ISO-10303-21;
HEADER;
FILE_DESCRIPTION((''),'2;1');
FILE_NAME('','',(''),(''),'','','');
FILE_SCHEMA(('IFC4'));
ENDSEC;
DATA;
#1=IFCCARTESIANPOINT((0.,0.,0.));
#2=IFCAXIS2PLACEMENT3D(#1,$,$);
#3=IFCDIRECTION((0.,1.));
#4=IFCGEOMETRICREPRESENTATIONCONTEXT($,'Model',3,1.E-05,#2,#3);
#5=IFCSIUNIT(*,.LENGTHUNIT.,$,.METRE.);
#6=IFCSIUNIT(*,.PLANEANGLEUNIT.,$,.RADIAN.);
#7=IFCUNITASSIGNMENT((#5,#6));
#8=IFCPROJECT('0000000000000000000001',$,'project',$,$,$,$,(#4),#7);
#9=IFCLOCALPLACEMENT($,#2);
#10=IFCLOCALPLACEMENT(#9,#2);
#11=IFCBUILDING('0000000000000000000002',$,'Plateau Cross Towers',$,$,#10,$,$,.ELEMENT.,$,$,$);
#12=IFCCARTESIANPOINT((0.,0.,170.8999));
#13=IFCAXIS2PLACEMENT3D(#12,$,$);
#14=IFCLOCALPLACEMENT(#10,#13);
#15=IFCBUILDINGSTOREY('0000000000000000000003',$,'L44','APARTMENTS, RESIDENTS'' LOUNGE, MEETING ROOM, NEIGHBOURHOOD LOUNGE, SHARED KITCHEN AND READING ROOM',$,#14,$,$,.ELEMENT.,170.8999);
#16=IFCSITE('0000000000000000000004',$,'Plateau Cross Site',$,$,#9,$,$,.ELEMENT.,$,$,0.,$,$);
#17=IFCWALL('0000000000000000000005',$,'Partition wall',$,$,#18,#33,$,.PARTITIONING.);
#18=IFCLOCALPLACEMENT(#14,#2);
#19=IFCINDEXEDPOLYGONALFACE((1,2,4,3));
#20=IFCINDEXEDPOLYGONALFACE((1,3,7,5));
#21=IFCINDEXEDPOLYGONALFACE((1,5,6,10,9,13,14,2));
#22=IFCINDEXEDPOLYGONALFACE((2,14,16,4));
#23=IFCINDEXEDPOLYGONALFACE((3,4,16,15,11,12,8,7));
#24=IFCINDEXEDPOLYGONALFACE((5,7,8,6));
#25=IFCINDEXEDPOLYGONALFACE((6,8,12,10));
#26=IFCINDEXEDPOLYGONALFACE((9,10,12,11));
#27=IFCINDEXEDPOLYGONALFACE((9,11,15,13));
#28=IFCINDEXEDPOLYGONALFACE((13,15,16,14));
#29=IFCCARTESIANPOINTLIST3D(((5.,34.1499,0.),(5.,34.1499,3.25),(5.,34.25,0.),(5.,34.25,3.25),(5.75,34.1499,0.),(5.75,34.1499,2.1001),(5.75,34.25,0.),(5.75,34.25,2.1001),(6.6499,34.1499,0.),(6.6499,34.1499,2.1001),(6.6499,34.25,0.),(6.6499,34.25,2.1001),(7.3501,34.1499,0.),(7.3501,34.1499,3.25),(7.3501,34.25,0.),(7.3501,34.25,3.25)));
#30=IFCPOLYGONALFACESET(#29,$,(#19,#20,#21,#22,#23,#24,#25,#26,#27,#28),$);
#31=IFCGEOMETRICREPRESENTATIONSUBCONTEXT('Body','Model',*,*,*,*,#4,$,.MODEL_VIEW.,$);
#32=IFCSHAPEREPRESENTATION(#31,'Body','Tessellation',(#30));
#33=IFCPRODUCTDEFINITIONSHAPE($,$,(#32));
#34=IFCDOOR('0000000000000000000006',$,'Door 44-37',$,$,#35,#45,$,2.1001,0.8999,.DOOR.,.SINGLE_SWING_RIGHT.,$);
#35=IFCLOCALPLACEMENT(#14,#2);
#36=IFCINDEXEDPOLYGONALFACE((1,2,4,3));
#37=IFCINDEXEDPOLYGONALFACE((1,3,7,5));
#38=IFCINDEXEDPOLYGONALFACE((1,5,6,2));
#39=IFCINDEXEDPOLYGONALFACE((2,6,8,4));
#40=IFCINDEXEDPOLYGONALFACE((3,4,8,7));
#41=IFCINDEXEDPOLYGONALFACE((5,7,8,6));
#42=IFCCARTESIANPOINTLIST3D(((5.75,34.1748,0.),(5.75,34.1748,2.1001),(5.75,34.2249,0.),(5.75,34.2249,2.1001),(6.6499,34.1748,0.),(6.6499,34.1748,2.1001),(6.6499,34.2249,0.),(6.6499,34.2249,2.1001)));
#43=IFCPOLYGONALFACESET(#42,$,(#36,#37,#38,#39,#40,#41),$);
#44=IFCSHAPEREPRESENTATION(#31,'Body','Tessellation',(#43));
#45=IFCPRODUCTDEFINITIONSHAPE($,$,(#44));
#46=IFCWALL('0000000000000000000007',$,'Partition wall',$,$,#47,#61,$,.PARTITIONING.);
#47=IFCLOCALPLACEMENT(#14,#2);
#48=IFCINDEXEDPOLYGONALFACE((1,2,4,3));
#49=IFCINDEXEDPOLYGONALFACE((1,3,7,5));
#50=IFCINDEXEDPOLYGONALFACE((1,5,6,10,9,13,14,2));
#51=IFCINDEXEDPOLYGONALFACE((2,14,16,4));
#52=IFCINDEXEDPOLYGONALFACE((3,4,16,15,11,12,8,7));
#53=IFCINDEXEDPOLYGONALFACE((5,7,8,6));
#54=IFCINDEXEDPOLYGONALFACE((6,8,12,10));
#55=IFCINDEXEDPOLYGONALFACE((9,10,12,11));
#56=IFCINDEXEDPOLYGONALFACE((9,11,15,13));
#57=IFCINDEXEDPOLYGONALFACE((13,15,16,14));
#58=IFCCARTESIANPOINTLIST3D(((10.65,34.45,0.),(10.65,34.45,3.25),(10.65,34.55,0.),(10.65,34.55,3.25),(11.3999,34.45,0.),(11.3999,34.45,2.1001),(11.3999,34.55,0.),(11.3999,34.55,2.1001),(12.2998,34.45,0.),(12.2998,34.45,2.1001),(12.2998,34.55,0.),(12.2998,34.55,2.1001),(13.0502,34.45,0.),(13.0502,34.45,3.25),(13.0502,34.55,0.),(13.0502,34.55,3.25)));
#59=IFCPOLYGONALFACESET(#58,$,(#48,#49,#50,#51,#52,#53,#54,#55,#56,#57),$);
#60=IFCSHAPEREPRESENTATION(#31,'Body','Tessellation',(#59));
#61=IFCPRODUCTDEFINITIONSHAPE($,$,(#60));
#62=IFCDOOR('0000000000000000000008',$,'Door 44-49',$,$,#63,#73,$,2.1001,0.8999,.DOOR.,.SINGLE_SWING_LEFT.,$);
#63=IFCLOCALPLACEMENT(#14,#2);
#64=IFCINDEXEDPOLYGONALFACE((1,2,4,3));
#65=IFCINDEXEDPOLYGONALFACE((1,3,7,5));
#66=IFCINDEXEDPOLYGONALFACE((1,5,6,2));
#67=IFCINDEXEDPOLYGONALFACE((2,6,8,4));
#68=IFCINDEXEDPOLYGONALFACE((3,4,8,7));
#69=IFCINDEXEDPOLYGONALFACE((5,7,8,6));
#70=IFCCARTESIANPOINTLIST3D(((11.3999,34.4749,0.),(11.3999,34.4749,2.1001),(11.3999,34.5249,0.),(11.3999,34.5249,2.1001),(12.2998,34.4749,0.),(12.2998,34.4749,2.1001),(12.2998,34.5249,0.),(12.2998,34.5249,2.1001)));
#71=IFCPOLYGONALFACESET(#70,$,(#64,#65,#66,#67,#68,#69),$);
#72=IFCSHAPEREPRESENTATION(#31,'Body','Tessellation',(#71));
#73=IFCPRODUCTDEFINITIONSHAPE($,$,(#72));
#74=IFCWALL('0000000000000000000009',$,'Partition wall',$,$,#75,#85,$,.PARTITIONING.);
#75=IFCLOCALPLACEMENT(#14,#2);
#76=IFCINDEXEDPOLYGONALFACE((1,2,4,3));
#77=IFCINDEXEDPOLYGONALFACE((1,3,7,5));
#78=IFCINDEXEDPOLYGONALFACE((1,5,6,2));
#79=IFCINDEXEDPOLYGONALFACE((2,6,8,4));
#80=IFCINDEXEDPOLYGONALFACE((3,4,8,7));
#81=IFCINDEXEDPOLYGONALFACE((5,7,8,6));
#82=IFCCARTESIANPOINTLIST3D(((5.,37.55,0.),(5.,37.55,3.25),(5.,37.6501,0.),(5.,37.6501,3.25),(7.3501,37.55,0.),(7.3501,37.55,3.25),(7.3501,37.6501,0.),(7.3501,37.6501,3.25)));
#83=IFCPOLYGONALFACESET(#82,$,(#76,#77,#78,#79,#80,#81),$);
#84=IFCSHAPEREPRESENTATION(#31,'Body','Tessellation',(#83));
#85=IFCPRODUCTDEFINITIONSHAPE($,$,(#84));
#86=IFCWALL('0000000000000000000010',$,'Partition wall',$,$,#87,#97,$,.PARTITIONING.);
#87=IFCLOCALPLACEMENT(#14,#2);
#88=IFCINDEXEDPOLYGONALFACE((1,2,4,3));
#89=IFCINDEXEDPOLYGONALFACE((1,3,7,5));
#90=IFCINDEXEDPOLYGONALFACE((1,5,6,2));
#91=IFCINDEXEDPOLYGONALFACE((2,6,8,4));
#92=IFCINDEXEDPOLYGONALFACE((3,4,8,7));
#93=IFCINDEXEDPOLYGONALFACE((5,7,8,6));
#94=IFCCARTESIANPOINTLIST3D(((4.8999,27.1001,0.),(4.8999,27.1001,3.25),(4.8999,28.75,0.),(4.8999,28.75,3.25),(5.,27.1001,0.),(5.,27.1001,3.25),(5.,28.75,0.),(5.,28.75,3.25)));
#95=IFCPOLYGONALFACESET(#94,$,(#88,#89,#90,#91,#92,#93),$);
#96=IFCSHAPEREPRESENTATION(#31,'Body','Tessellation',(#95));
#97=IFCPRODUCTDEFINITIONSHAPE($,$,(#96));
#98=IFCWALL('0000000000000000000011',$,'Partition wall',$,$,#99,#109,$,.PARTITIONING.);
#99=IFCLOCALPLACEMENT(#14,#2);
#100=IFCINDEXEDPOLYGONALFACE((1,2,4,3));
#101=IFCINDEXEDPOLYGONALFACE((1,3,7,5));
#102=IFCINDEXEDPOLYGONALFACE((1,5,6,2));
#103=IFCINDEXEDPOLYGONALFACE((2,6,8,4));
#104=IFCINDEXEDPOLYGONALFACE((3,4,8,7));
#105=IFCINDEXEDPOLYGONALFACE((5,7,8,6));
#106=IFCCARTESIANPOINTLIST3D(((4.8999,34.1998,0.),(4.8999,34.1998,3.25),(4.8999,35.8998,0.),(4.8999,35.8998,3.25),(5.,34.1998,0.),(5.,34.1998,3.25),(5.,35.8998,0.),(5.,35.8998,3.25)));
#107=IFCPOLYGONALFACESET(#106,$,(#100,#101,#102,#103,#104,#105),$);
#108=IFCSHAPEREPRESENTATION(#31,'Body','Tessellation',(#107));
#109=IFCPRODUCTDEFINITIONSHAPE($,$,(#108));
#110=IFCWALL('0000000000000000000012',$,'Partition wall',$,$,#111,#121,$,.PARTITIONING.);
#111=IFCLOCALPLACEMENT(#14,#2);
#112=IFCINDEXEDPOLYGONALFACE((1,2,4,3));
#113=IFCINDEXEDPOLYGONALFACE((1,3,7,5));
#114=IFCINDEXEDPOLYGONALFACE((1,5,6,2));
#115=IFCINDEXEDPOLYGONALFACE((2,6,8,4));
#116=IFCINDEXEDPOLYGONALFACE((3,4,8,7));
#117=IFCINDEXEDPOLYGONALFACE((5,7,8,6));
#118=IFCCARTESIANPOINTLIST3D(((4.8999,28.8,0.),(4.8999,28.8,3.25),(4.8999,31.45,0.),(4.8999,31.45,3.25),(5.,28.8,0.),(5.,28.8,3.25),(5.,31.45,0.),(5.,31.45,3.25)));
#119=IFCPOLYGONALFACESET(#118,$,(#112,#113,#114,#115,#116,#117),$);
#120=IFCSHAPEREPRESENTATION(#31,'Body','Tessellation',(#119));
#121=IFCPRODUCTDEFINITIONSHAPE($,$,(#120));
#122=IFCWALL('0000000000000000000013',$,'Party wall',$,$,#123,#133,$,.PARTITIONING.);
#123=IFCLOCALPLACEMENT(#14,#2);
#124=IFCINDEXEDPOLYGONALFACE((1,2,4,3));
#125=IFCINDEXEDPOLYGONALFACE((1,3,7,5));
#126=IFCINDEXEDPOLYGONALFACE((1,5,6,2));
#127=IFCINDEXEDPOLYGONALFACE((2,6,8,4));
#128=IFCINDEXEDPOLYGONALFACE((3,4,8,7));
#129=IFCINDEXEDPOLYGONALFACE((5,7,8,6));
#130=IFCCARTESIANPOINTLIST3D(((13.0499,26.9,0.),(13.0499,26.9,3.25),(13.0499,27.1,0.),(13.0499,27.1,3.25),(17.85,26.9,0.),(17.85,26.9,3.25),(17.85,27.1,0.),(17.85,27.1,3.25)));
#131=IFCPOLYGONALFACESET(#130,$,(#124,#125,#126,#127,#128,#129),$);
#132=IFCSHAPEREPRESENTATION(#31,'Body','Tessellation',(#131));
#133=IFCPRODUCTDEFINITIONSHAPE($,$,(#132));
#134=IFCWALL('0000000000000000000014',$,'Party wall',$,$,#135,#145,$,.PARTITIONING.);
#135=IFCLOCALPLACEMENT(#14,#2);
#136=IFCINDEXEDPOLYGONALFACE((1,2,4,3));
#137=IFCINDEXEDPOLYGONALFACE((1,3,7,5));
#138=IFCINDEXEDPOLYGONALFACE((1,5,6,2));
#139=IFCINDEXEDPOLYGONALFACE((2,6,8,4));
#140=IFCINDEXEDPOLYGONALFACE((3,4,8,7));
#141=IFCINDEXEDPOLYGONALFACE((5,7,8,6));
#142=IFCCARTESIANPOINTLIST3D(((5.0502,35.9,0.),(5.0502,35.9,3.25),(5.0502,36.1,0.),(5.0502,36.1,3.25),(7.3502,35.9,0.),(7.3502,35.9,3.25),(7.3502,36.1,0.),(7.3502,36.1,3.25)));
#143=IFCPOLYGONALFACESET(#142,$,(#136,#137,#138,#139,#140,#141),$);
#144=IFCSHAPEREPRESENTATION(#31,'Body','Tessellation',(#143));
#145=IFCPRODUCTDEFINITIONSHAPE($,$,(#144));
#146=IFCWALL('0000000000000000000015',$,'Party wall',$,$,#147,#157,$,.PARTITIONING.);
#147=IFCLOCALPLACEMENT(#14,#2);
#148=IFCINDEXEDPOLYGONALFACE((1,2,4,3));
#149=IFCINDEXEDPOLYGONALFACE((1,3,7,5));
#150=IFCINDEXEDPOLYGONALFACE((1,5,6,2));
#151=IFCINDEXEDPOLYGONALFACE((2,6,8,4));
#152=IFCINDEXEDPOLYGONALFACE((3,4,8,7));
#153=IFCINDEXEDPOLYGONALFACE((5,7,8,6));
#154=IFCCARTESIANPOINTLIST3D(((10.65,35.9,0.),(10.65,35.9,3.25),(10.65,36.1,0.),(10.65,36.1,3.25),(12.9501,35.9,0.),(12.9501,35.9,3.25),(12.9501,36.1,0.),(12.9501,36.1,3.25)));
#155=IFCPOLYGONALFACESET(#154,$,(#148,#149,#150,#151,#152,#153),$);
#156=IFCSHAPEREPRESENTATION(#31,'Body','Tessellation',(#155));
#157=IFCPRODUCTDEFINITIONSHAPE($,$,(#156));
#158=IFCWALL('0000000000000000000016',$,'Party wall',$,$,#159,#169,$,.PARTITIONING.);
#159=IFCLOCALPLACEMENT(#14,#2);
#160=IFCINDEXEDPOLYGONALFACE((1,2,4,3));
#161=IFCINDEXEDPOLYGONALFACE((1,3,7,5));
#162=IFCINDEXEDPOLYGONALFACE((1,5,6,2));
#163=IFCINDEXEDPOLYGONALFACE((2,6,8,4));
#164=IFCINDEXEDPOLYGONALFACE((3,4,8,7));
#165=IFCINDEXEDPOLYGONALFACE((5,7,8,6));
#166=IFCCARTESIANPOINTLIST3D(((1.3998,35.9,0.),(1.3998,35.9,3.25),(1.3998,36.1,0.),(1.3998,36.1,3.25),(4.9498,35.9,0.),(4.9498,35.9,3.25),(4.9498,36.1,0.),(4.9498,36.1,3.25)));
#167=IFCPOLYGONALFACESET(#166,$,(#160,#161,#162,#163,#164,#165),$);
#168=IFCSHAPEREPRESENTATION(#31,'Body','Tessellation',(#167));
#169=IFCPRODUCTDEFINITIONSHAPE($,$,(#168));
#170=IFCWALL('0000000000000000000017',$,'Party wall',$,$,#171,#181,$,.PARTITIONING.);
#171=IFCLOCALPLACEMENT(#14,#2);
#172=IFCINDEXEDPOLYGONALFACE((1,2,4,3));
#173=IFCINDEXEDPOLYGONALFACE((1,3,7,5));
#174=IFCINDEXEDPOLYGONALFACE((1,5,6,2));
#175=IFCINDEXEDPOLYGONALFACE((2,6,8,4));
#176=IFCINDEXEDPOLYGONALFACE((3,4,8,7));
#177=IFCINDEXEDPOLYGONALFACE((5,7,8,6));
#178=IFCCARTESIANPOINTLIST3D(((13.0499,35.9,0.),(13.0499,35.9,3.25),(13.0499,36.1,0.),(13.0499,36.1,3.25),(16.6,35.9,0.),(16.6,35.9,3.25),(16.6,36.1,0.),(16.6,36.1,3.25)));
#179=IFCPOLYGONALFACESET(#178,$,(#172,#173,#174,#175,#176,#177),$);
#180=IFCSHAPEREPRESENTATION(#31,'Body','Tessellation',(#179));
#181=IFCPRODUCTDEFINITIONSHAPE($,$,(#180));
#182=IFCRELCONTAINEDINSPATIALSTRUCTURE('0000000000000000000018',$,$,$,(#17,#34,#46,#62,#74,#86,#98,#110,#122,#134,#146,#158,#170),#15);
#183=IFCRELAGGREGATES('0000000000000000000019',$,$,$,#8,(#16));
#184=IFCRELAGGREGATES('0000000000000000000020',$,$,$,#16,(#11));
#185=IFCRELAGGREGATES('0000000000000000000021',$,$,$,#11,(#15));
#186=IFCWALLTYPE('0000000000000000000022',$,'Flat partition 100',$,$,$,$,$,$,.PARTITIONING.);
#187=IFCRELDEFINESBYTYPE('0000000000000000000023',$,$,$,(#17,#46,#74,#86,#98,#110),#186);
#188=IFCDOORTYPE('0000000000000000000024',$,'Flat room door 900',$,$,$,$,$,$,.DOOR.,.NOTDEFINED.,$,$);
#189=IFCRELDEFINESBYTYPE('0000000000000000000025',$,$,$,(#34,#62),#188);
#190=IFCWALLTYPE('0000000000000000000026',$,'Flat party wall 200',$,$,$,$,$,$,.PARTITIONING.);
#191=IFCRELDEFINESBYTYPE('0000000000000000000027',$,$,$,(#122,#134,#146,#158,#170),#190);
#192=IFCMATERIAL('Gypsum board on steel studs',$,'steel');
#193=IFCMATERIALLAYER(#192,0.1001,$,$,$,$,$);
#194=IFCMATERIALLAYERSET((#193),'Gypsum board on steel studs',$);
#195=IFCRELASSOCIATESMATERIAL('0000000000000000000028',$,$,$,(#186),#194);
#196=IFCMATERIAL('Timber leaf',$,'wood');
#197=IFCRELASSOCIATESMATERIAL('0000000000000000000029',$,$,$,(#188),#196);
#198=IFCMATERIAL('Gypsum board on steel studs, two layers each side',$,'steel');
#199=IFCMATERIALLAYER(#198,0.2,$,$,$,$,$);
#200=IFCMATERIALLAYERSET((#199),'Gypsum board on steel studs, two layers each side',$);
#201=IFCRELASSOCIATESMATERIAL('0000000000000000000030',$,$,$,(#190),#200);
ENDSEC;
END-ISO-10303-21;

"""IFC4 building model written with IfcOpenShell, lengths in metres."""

from ifc_helpers import new_model, si_unit, direction, frame, frame_2d, origin, place, context, subcontext, project, spatial, rectangle, extrude, material, layer, layer_set, type_object, element, fill, save


model = new_model("IFC4")

# Units and contexts
model_context = context("Model", 3, precision=1e-05, world=origin(), true_north=direction((0.0, 1.0)))
body_context = subcontext(model_context, "Body", "Model", "MODEL_VIEW")
ifc_project = project(units=[si_unit("LENGTHUNIT", "METRE"), si_unit("PLANEANGLEUNIT", "RADIAN")], contexts=[model_context])

# Site, building, storey
site_placement = place(None, origin())
site = spatial("IfcSite", under=ifc_project, at=site_placement, Name="Plateau Cross Site", CompositionType="ELEMENT", RefElevation=0.0)
building_placement = place(site_placement, origin())
building = spatial("IfcBuilding", under=site, at=building_placement, Name="Plateau Cross Towers", CompositionType="ELEMENT")
storey_placement = place(building_placement, frame((0.0, 0.0, 170.8999)))
storey = spatial("IfcBuildingStorey", under=building, at=storey_placement, Name="L44", Description="APARTMENTS, RESIDENTS' LOUNGE, MEETING ROOM, NEIGHBOURHOOD LOUNGE, SHARED KITCHEN AND READING ROOM", CompositionType="ELEMENT", Elevation=170.8999)

# Walls, openings, doors
ifc_material_1 = material(Name="Gypsum board on steel studs", Category="steel")
ifc_layer_1 = layer(ifc_material_1, 0.1001)
ifc_layer_set_1 = layer_set([ifc_layer_1], Name="Gypsum board on steel studs")
wall_type_1 = type_object("IfcWallType", Name="Flat partition 100", PredefinedType="PARTITIONING", material=ifc_layer_set_1)
ifc_material_2 = material(Name="Timber leaf", Category="wood")
door_type_1 = type_object("IfcDoorType", Name="Flat room door 900", OperationType="NOTDEFINED", PredefinedType="DOOR", material=ifc_material_2)
wall_1_placement = place(storey_placement, frame((5.0, 34.2, 0.0), z_axis=(0.0, 0.0, 1.0), x_axis=(1.0, 0.0, 0.0)))
wall_1 = element("IfcWall", 1, at=wall_1_placement, inside=storey, type_object=wall_type_1, Name="Partition wall", PredefinedType="PARTITIONING", context=body_context, shape_type="SweptSolid", body=[
    extrude(rectangle(XDim=2.3501, YDim=0.1001, at=frame_2d((1.175, 0.0))), origin(), (0.0, 0.0, 1.0), 3.25),
])
opening_1_placement = place(wall_1_placement, frame((0.75, 0.0, 0.0)))
opening_1 = element("IfcOpeningElement", 2, at=opening_1_placement, cuts=wall_1, PredefinedType="OPENING", context=body_context, shape_type="SweptSolid", body=[
    extrude(rectangle(XDim=0.8999, YDim=2.1001, at=frame_2d((0.45, 1.05))), frame((0.0, 0.0601, 0.0), z_axis=(0.0, -1.0, 0.0), x_axis=(1.0, 0.0, 0.0)), (0.0, 0.0, 1.0), 0.1201),
])
door_1_placement = place(opening_1_placement, origin())
door_1 = element("IfcDoor", 3, at=door_1_placement, inside=storey, type_object=door_type_1, Name="Door 44-37", OperationType="SINGLE_SWING_RIGHT", OverallHeight=2.1001, OverallWidth=0.8999, PredefinedType="DOOR", context=body_context, shape_type="SweptSolid", body=[
    extrude(rectangle(XDim=0.8999, YDim=2.1001, at=frame_2d((0.45, 1.05))), frame((0.0, 0.0249, 0.0), z_axis=(0.0, -1.0, 0.0), x_axis=(1.0, 0.0, 0.0)), (0.0, 0.0, 1.0), 0.05),
])
fill(opening_1, door_1)
wall_2_placement = place(storey_placement, frame((10.6499, 34.5, 0.0), z_axis=(0.0, 0.0, 1.0), x_axis=(1.0, 0.0, 0.0)))
wall_2 = element("IfcWall", 4, at=wall_2_placement, inside=storey, type_object=wall_type_1, Name="Partition wall", PredefinedType="PARTITIONING", context=body_context, shape_type="SweptSolid", body=[
    extrude(rectangle(XDim=2.4001, YDim=0.1001, at=frame_2d((1.2002, 0.0))), origin(), (0.0, 0.0, 1.0), 3.25),
])
opening_2_placement = place(wall_2_placement, frame((0.75, 0.0, 0.0)))
opening_2 = element("IfcOpeningElement", 5, at=opening_2_placement, cuts=wall_2, PredefinedType="OPENING", context=body_context, shape_type="SweptSolid", body=[
    extrude(rectangle(XDim=0.8999, YDim=2.1001, at=frame_2d((0.45, 1.05))), frame((0.0, 0.0601, 0.0), z_axis=(0.0, -1.0, 0.0), x_axis=(1.0, 0.0, 0.0)), (0.0, 0.0, 1.0), 0.1201),
])
door_2_placement = place(opening_2_placement, origin())
door_2 = element("IfcDoor", 6, at=door_2_placement, inside=storey, type_object=door_type_1, Name="Door 44-49", OperationType="SINGLE_SWING_LEFT", OverallHeight=2.1001, OverallWidth=0.8999, PredefinedType="DOOR", context=body_context, shape_type="SweptSolid", body=[
    extrude(rectangle(XDim=0.8999, YDim=2.1001, at=frame_2d((0.45, 1.05))), frame((0.0, 0.0249, 0.0), z_axis=(0.0, -1.0, 0.0), x_axis=(1.0, 0.0, 0.0)), (0.0, 0.0, 1.0), 0.05),
])
fill(opening_2, door_2)

# Walls
wall_3_placement = place(storey_placement, frame((7.3501, 37.6001, 0.0), z_axis=(0.0, 0.0, 1.0), x_axis=(-1.0, 0.0, 0.0)))
element("IfcWall", 7, at=wall_3_placement, inside=storey, type_object=wall_type_1, Name="Partition wall", PredefinedType="PARTITIONING", context=body_context, shape_type="SweptSolid", body=[
    extrude(rectangle(XDim=2.3501, YDim=0.1001, at=frame_2d((1.175, 0.0))), origin(), (0.0, 0.0, 1.0), 3.25),
])
wall_4_placement = place(storey_placement, frame((4.95, 28.75, 0.0), z_axis=(0.0, 0.0, 1.0), x_axis=(0.0, -1.0, 0.0)))
element("IfcWall", 8, at=wall_4_placement, inside=storey, type_object=wall_type_1, Name="Partition wall", PredefinedType="PARTITIONING", context=body_context, shape_type="SweptSolid", body=[
    extrude(rectangle(XDim=1.6499, YDim=0.1001, at=frame_2d((0.825, 0.0))), origin(), (0.0, 0.0, 1.0), 3.25),
])
wall_5_placement = place(storey_placement, frame((4.95, 35.8999, 0.0), z_axis=(0.0, 0.0, 1.0), x_axis=(0.0, -1.0, 0.0)))
element("IfcWall", 9, at=wall_5_placement, inside=storey, type_object=wall_type_1, Name="Partition wall", PredefinedType="PARTITIONING", context=body_context, shape_type="SweptSolid", body=[
    extrude(rectangle(XDim=1.7, YDim=0.1001, at=frame_2d((0.8501, 0.0))), origin(), (0.0, 0.0, 1.0), 3.25),
])
wall_6_placement = place(storey_placement, frame((4.95, 28.8, 0.0), z_axis=(0.0, 0.0, 1.0), x_axis=(0.0, 1.0, 0.0)))
element("IfcWall", 10, at=wall_6_placement, inside=storey, type_object=wall_type_1, Name="Partition wall", PredefinedType="PARTITIONING", context=body_context, shape_type="SweptSolid", body=[
    extrude(rectangle(XDim=2.6499, YDim=0.1001, at=frame_2d((1.325, 0.0))), origin(), (0.0, 0.0, 1.0), 3.25),
])
ifc_material_3 = material(Name="Gypsum board on steel studs, two layers each side", Category="steel")
ifc_layer_2 = layer(ifc_material_3, 0.2)
ifc_layer_set_2 = layer_set([ifc_layer_2], Name="Gypsum board on steel studs, two layers each side")
wall_type_2 = type_object("IfcWallType", Name="Flat party wall 200", PredefinedType="PARTITIONING", material=ifc_layer_set_2)
wall_7_placement = place(storey_placement, frame((13.05, 27.0, 0.0), z_axis=(0.0, 0.0, 1.0), x_axis=(1.0, 0.0, 0.0)))
element("IfcWall", 11, at=wall_7_placement, inside=storey, type_object=wall_type_2, Name="Party wall", PredefinedType="PARTITIONING", context=body_context, shape_type="SweptSolid", body=[
    extrude(rectangle(XDim=4.8, YDim=0.2, at=frame_2d((2.3999, 0.0))), origin(), (0.0, 0.0, 1.0), 3.25),
])
for number, where, z_axis, x_axis, name in (
    (12, (7.3501, 36.0, 0.0), (0.0, 0.0, 1.0), (-1.0, 0.0, 0.0), "Party wall"),
    (13, (12.95, 36.0, 0.0), (0.0, 0.0, 1.0), (-1.0, 0.0, 0.0), "Party wall"),
):
    element("IfcWall", number, at=place(storey_placement, frame(where, z_axis=z_axis, x_axis=x_axis)), inside=storey, type_object=wall_type_2, Name=name, PredefinedType="PARTITIONING", context=body_context, shape_type="SweptSolid", body=[
        extrude(rectangle(XDim=2.3, YDim=0.2, at=frame_2d((1.1499, 0.0))), origin(), (0.0, 0.0, 1.0), 3.25),
    ])
for number, where, z_axis, x_axis, name in (
    (14, (1.3999, 36.0, 0.0), (0.0, 0.0, 1.0), (1.0, 0.0, 0.0), "Party wall"),
    (15, (13.05, 36.0, 0.0), (0.0, 0.0, 1.0), (1.0, 0.0, 0.0), "Party wall"),
):
    element("IfcWall", number, at=place(storey_placement, frame(where, z_axis=z_axis, x_axis=x_axis)), inside=storey, type_object=wall_type_2, Name=name, PredefinedType="PARTITIONING", context=body_context, shape_type="SweptSolid", body=[
        extrude(rectangle(XDim=3.55, YDim=0.2, at=frame_2d((1.7749, 0.0))), origin(), (0.0, 0.0, 1.0), 3.25),
    ])

save(model, "model.ifc")
